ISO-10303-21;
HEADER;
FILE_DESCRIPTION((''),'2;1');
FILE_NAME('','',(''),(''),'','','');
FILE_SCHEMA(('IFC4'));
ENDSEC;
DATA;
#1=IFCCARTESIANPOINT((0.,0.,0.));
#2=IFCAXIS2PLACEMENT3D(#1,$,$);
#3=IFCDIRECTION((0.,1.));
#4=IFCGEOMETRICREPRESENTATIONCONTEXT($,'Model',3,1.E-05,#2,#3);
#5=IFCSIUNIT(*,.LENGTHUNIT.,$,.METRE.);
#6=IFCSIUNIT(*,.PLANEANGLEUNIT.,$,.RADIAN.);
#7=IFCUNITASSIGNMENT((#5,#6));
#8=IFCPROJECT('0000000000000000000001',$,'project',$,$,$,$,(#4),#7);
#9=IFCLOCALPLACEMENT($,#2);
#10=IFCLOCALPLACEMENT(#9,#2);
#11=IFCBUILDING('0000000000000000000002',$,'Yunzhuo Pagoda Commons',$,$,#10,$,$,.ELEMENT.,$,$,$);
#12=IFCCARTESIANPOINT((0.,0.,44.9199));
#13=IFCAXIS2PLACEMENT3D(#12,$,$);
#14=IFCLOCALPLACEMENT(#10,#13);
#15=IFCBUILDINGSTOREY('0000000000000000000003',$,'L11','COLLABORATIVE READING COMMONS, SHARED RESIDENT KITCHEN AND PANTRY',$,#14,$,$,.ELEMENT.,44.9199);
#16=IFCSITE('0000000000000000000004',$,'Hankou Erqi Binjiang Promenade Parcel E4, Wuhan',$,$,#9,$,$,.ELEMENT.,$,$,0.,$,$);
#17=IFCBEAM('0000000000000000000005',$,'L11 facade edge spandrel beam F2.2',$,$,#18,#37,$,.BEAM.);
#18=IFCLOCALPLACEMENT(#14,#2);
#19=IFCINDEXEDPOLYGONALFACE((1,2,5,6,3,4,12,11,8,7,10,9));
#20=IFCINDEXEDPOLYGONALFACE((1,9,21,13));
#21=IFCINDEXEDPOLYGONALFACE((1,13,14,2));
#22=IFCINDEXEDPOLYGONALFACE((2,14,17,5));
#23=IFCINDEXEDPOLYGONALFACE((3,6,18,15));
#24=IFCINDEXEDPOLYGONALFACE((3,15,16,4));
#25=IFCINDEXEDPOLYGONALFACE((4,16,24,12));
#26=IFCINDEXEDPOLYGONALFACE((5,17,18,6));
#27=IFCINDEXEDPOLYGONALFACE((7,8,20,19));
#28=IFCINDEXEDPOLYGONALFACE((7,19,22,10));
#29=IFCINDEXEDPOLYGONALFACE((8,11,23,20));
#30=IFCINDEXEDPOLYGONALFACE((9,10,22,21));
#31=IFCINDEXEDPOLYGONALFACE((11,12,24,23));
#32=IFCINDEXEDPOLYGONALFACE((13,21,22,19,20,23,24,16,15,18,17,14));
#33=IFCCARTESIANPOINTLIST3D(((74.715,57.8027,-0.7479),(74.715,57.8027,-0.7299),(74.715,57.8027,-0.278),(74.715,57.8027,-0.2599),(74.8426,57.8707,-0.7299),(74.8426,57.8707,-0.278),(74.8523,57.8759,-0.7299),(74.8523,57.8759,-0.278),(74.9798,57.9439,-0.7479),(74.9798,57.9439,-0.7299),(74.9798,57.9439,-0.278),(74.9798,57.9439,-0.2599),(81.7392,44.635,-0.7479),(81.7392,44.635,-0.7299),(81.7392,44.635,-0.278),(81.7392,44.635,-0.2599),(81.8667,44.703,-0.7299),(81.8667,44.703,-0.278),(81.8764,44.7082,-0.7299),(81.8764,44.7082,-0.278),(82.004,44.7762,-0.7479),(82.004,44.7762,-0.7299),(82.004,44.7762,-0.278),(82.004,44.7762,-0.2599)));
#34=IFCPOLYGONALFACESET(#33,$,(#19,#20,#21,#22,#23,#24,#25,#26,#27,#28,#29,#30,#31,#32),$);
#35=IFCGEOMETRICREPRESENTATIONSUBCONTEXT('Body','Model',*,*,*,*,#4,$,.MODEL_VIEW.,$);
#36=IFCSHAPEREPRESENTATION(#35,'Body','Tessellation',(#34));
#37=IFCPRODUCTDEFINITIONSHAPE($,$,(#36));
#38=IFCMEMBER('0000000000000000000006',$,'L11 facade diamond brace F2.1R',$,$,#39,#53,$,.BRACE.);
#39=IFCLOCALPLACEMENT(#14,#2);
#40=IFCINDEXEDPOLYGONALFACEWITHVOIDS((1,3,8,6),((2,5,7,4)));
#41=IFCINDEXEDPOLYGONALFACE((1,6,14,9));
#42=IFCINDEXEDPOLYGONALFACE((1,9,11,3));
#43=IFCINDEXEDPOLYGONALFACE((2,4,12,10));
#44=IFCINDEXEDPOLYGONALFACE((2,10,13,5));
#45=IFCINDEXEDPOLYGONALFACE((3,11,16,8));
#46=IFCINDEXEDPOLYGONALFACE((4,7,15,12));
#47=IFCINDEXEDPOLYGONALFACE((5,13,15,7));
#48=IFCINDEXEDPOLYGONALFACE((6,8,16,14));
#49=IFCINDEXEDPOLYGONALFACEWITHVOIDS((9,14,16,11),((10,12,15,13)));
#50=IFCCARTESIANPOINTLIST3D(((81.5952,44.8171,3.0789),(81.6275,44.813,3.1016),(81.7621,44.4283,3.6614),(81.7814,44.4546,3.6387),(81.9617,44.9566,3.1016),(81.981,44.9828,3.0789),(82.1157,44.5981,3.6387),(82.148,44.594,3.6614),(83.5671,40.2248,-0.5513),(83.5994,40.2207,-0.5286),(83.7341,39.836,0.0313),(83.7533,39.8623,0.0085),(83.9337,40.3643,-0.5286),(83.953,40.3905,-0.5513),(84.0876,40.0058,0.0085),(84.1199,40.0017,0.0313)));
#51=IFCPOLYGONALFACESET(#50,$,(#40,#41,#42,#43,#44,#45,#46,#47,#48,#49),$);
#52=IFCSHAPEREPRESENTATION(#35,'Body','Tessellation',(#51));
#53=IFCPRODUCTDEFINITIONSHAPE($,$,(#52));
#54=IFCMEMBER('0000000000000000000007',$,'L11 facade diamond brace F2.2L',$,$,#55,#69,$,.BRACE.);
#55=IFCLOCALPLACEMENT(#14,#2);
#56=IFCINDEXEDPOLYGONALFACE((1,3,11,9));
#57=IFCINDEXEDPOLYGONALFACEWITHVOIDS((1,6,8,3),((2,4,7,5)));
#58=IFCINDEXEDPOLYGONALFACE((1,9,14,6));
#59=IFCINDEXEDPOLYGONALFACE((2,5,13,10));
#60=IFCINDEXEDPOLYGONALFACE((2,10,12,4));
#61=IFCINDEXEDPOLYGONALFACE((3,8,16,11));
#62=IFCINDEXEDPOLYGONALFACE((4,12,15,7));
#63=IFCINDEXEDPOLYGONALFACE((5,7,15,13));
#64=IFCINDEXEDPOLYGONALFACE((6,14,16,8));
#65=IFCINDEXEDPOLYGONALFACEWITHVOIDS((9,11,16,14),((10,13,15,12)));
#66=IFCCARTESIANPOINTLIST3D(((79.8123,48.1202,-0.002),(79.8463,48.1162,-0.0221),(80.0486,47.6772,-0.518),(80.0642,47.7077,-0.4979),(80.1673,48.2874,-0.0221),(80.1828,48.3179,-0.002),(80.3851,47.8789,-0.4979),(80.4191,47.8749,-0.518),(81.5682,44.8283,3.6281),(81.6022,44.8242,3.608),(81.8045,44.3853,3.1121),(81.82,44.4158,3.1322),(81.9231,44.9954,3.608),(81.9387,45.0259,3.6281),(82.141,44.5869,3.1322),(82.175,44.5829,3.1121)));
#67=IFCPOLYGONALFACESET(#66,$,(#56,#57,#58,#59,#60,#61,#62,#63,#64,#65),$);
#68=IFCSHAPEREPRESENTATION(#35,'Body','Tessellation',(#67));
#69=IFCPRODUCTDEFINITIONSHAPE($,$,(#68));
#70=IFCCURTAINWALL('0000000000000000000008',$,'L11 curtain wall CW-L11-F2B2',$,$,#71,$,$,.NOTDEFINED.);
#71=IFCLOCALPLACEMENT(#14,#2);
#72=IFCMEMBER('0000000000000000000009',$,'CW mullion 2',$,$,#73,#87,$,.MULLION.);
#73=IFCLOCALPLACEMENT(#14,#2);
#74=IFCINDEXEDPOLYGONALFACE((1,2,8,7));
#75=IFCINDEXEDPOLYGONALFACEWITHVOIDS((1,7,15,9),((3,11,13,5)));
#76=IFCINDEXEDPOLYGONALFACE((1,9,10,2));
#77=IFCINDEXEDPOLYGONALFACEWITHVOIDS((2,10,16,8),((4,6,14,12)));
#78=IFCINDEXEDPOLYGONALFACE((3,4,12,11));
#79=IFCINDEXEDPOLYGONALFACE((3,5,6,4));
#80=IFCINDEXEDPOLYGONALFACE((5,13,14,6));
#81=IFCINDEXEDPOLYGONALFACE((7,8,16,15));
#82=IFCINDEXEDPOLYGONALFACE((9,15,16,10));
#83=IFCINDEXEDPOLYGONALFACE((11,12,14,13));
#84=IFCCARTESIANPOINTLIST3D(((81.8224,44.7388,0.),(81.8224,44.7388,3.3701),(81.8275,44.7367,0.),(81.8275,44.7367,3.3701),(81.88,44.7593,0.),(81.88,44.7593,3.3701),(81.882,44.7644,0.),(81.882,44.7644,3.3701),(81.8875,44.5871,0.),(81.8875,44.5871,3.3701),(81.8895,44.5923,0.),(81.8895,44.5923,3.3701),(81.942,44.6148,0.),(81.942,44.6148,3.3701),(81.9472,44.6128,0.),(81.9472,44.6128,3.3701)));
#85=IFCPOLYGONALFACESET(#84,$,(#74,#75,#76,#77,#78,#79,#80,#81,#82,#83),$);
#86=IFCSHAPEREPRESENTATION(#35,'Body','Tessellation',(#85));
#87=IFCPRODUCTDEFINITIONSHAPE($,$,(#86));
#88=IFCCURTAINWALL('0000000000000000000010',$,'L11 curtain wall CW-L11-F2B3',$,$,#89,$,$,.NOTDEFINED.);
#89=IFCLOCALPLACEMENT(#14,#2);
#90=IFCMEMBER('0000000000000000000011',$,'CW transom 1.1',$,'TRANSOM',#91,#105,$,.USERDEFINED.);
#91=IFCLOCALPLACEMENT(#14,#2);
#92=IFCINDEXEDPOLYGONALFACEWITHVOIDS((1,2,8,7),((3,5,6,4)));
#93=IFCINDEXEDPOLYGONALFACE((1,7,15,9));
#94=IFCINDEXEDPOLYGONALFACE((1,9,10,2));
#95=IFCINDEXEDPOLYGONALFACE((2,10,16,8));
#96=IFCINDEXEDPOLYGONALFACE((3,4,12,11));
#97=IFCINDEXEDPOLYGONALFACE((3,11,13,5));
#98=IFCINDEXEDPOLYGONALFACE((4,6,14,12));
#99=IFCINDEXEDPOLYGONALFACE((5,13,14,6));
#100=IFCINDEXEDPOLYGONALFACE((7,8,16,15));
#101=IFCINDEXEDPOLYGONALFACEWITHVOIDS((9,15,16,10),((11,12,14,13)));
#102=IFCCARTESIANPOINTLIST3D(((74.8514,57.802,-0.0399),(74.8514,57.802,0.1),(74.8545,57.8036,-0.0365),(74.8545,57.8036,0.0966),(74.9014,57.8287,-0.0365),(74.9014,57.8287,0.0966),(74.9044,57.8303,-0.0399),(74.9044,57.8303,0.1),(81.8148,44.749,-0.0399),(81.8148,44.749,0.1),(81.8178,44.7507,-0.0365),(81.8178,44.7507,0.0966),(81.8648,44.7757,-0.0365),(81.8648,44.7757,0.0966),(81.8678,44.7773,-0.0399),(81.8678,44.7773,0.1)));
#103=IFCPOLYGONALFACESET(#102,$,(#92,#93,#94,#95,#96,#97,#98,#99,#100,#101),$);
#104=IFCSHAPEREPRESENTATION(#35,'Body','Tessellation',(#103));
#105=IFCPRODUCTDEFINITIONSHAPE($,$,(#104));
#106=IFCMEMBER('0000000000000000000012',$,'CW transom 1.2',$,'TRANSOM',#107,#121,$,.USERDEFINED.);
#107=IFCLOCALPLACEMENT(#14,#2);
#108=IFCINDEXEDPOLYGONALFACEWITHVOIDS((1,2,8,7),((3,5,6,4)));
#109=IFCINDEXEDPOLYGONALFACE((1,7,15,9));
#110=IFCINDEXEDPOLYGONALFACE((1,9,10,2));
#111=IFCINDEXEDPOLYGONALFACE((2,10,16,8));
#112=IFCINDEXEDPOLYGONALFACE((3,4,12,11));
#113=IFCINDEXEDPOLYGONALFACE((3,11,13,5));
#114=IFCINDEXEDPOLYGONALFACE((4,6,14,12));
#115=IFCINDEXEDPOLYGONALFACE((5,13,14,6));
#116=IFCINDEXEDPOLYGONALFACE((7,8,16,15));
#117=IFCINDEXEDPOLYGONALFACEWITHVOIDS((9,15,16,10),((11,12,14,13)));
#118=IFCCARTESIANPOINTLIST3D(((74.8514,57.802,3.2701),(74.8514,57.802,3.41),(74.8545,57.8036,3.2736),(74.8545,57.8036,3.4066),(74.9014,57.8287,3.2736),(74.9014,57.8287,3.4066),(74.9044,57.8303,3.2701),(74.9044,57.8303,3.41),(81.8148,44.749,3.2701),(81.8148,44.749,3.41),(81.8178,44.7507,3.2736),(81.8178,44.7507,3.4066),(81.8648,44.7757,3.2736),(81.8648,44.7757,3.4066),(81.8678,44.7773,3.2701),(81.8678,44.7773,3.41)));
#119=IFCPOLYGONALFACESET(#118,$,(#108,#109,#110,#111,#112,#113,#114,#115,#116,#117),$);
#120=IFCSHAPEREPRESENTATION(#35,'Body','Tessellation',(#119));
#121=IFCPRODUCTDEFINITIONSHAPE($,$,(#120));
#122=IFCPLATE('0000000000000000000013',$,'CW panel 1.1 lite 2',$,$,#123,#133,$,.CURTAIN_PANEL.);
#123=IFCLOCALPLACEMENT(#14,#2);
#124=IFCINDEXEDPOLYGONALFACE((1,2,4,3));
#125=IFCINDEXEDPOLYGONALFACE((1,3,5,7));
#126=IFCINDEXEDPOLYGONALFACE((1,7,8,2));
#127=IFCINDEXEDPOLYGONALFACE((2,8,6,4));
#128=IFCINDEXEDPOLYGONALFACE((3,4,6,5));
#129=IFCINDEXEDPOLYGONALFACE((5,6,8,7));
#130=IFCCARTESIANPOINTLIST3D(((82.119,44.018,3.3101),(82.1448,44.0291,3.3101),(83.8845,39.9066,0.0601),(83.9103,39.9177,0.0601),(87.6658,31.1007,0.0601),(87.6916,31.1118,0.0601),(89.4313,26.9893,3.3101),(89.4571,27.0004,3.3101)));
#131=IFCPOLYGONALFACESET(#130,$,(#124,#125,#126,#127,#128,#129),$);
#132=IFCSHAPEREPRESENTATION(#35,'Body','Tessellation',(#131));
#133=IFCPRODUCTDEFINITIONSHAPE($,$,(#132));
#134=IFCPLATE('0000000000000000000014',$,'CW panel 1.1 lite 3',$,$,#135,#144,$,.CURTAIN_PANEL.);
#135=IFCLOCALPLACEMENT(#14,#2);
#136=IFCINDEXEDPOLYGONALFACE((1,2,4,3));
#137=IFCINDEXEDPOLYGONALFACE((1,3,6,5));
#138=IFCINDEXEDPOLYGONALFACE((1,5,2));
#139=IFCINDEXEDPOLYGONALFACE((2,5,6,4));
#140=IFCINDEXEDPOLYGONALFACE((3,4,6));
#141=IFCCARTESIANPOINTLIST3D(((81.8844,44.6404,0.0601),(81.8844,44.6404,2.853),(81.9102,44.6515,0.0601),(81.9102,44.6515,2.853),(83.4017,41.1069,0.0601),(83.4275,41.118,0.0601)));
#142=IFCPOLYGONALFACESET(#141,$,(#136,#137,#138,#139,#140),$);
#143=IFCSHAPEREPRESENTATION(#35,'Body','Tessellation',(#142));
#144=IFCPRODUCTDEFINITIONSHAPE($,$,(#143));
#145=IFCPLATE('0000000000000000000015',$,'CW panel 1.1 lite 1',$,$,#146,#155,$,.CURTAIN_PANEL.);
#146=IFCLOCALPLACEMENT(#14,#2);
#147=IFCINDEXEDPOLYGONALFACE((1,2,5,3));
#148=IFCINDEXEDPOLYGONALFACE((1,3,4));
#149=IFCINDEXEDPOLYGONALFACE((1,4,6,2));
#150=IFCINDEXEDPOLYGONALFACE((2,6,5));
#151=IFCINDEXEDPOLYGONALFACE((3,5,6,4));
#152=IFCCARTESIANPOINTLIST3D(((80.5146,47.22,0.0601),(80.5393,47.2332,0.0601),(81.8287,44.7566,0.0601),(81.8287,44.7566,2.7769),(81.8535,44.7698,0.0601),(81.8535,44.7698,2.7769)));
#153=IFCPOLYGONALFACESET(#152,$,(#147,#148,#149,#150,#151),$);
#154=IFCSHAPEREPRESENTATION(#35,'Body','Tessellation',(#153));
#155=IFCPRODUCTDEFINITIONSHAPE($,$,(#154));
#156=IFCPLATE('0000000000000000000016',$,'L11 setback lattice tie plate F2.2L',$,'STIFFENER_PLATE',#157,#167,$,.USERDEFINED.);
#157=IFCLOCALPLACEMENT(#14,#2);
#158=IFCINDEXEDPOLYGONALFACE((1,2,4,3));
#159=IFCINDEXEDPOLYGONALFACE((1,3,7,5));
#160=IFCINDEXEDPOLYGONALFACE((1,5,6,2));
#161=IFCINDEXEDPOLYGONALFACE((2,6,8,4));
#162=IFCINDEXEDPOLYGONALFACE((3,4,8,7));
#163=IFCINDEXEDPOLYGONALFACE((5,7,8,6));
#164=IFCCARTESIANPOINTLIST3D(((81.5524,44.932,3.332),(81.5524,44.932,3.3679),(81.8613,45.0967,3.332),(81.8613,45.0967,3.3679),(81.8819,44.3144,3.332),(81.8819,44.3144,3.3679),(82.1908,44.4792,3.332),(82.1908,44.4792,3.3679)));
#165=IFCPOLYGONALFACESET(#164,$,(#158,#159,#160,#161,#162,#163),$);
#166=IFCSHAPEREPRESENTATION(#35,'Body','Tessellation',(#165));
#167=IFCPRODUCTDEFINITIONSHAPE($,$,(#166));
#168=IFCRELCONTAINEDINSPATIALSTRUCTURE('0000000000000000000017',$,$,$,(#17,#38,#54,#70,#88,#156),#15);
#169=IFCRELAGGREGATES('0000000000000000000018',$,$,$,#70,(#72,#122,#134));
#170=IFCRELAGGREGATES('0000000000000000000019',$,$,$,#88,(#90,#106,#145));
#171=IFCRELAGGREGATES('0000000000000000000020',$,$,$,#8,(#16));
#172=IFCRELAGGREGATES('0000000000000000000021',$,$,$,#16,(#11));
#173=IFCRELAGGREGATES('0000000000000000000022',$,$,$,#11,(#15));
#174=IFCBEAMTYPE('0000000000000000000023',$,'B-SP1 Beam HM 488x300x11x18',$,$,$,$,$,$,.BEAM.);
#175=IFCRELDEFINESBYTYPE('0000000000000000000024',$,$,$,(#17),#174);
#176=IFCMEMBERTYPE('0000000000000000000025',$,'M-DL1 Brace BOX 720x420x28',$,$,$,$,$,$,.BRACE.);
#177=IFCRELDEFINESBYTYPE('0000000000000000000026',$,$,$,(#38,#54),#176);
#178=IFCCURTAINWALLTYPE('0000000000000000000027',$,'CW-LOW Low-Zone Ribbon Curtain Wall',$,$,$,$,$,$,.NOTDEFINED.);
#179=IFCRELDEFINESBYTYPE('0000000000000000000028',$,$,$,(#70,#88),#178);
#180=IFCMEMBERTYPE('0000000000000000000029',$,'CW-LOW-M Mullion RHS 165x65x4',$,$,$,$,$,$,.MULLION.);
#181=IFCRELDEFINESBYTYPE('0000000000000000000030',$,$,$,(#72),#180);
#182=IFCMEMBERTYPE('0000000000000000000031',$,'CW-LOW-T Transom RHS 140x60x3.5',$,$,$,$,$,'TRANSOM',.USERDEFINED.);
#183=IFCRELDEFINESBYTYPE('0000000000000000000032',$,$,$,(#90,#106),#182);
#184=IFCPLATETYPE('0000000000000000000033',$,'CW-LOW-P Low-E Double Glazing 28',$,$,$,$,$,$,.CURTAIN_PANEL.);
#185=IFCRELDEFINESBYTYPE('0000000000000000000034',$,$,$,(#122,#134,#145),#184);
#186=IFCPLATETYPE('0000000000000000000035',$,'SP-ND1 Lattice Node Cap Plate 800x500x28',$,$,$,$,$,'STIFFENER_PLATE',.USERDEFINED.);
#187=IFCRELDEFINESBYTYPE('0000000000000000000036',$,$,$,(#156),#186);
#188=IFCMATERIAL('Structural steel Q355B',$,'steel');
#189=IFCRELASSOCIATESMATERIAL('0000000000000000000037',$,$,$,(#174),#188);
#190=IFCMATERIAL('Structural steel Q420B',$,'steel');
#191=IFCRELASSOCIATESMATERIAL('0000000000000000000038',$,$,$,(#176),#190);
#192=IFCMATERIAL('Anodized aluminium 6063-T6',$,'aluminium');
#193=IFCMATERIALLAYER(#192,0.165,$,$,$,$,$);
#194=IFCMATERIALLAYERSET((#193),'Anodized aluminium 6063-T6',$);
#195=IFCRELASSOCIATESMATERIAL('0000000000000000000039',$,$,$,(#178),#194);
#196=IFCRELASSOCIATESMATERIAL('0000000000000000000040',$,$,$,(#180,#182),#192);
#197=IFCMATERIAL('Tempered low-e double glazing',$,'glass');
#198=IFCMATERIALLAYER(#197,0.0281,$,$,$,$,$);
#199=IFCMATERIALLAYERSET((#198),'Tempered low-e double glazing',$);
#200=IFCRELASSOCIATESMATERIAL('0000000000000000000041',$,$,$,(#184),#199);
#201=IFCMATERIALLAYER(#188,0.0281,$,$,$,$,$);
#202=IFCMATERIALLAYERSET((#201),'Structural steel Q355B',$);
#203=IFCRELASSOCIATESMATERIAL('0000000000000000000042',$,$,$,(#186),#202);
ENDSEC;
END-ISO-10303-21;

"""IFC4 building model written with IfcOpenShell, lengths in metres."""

from ifc_helpers import new_model, si_unit, direction, frame, origin, origin_2d, place, context, subcontext, project, spatial, polyline, rectangle, hollow_rectangle, i_section, outline, extrude, source, transform, mapped, material, layer, layer_set, material_profile, profile_set, type_object, element, aggregate, save


model = new_model("IFC4")

# Units and contexts
model_context = context("Model", 3, precision=1e-05, world=origin(), true_north=direction((0.0, 1.0)))
body_context = subcontext(model_context, "Body", "Model", "MODEL_VIEW")
ifc_project = project(units=[si_unit("LENGTHUNIT", "METRE"), si_unit("PLANEANGLEUNIT", "RADIAN")], contexts=[model_context])

# Site, building, storey
site_placement = place(None, origin())
site = spatial("IfcSite", under=ifc_project, at=site_placement, Name="Hankou Erqi Binjiang Promenade Parcel E4, Wuhan", CompositionType="ELEMENT", RefElevation=0.0)
building_placement = place(site_placement, origin())
building = spatial("IfcBuilding", under=site, at=building_placement, Name="Yunzhuo Pagoda Commons", CompositionType="ELEMENT")
storey_placement = place(building_placement, frame((0.0, 0.0, 44.9199)))
storey = spatial("IfcBuildingStorey", under=building, at=storey_placement, Name="L11", Description="COLLABORATIVE READING COMMONS, SHARED RESIDENT KITCHEN AND PANTRY", CompositionType="ELEMENT", Elevation=44.9199)

# Shared definitions
ifc_material_1 = material(Name="Structural steel Q420B", Category="steel")

# Beam
ifc_material_2 = material(Name="Structural steel Q355B", Category="steel")
ifc_material_profile_1 = material_profile(ifc_material_2, i_section(OverallWidth=0.3, OverallDepth=0.488, WebThickness=0.011, FlangeThickness=0.0181, at=origin_2d()), Name="Structural steel Q355B")
ifc_profile_set_1 = profile_set([ifc_material_profile_1], Name="Structural steel Q355B")
beam_type_1 = type_object("IfcBeamType", Name="B-SP1 Beam HM 488x300x11x18", PredefinedType="BEAM", material=ifc_profile_set_1)
shared_shape_1 = source(origin(), body_context, "Body", "SweptSolid", [
    extrude(i_section(OverallWidth=0.3, OverallDepth=0.488, WebThickness=0.011, FlangeThickness=0.0181, at=origin_2d()), origin(), (0.0, 0.0, 1.0), 14.9241),
])
beam_1_placement = place(storey_placement, frame((81.8716, 44.7056, -0.5039), z_axis=(-0.47066, 0.882314, 0.0), x_axis=(-0.882314, -0.47066, 0.0)))
element("IfcBeam", 1, at=beam_1_placement, inside=storey, type_object=beam_type_1, Name="L11 facade edge spandrel beam F2.2", PredefinedType="BEAM", context=body_context, shape_type="MappedRepresentation", body=[
    mapped(shared_shape_1, transform((0.0, 0.0, 0.0), scale=1.0)),
])

# Members
ifc_material_profile_2 = material_profile(ifc_material_1, hollow_rectangle(XDim=0.4199, YDim=0.72, WallThickness=0.0281, at=origin_2d()), Name="Structural steel Q420B")
ifc_profile_set_2 = profile_set([ifc_material_profile_2], Name="Structural steel Q420B")
member_type_1 = type_object("IfcMemberType", Name="M-DL1 Brace BOX 720x420x28", PredefinedType="BRACE", material=ifc_profile_set_2)
shared_shape_2 = source(origin(), body_context, "Body", "SweptSolid", [
    extrude(hollow_rectangle(XDim=0.4199, YDim=0.72, WallThickness=0.0281, at=origin_2d()), origin(), (0.0, 0.0, 1.0), 6.177),
])
member_1_placement = place(storey_placement, frame((83.8435, 40.1133, -0.26), z_axis=(-0.319236, 0.743449, 0.587684), x_axis=(-0.918869, -0.394562, 0.0)))
element("IfcMember", 2, at=member_1_placement, inside=storey, type_object=member_type_1, Name="L11 facade diamond brace F2.1R", PredefinedType="BRACE", context=body_context, shape_type="MappedRepresentation", body=[
    mapped(shared_shape_2, transform((0.0, 0.0, 0.0), scale=1.0)),
])
shared_shape_3 = source(origin(), body_context, "Body", "SweptSolid", [
    extrude(hollow_rectangle(XDim=0.4199, YDim=0.72, WallThickness=0.0281, at=origin_2d()), origin(), (0.0, 0.0, 1.0), 5.2056),
])
member_2_placement = place(storey_placement, frame((80.1157, 47.9976, -0.26), z_axis=(0.337303, -0.632397, 0.697353), x_axis=(0.882338, 0.470615, 0.0)))
element("IfcMember", 3, at=member_2_placement, inside=storey, type_object=member_type_1, Name="L11 facade diamond brace F2.2L", PredefinedType="BRACE", context=body_context, shape_type="MappedRepresentation", body=[
    mapped(shared_shape_3, transform((0.0, 0.0, 0.0), scale=1.0)),
])

# Curtain wall, member
ifc_material_3 = material(Name="Anodized aluminium 6063-T6", Category="aluminium")
ifc_layer_1 = layer(ifc_material_3, 0.165)
ifc_layer_set_1 = layer_set([ifc_layer_1], Name="Anodized aluminium 6063-T6")
curtain_wall_type = type_object("IfcCurtainWallType", Name="CW-LOW Low-Zone Ribbon Curtain Wall", PredefinedType="NOTDEFINED", material=ifc_layer_set_1)
curtain_wall_1_placement = place(storey_placement, origin())
curtain_wall_1 = element("IfcCurtainWall", 4, at=curtain_wall_1_placement, inside=storey, type_object=curtain_wall_type, Name="L11 curtain wall CW-L11-F2B2", PredefinedType="NOTDEFINED")
ifc_material_profile_3 = material_profile(ifc_material_3, hollow_rectangle(XDim=0.0649, YDim=0.165, WallThickness=0.0039, at=origin_2d()), Name="Anodized aluminium 6063-T6")
ifc_profile_set_3 = profile_set([ifc_material_profile_3], Name="Anodized aluminium 6063-T6")
member_type_2 = type_object("IfcMemberType", Name="CW-LOW-M Mullion RHS 165x65x4", PredefinedType="MULLION", material=ifc_profile_set_3)
shared_shape_4 = source(origin(), body_context, "Body", "SweptSolid", [
    extrude(hollow_rectangle(XDim=0.0649, YDim=0.165, WallThickness=0.0039, at=origin_2d()), origin(), (0.0, 0.0, 1.0), 3.3701),
])
member_3_placement = place(storey_placement, frame((81.8848, 44.6758, 0.0), z_axis=(0.0, 0.0, 1.0), x_axis=(-0.918866, -0.394571, 0.0)))
member_3 = element("IfcMember", 5, at=member_3_placement, type_object=member_type_2, Name="CW mullion 2", PredefinedType="MULLION", context=body_context, shape_type="MappedRepresentation", body=[
    mapped(shared_shape_4, transform((0.0, 0.0, 0.0), scale=1.0)),
])

# Curtain wall, members
curtain_wall_2_placement = place(storey_placement, origin())
curtain_wall_2 = element("IfcCurtainWall", 6, at=curtain_wall_2_placement, inside=storey, type_object=curtain_wall_type, Name="L11 curtain wall CW-L11-F2B3", PredefinedType="NOTDEFINED")
ifc_material_profile_4 = material_profile(ifc_material_3, hollow_rectangle(XDim=0.0601, YDim=0.1399, WallThickness=0.0034, at=origin_2d()), Name="Anodized aluminium 6063-T6")
ifc_profile_set_4 = profile_set([ifc_material_profile_4], Name="Anodized aluminium 6063-T6")
member_type_3 = type_object("IfcMemberType", Name="CW-LOW-T Transom RHS 140x60x3.5", ElementType="TRANSOM", PredefinedType="USERDEFINED", material=ifc_profile_set_4)
shared_shape_5 = source(origin(), body_context, "Body", "SweptSolid", [
    extrude(hollow_rectangle(XDim=0.0601, YDim=0.1399, WallThickness=0.0034, at=origin_2d()), origin(), (0.0, 0.0, 1.0), 14.7942),
])
member_4_placement = place(storey_placement, frame((81.8413, 44.7632, 0.03), z_axis=(-0.470682, 0.882303, 0.0), x_axis=(-0.882303, -0.470682, 0.0)))
member_4 = element("IfcMember", 7, at=member_4_placement, type_object=member_type_3, Name="CW transom 1.1", ObjectType="TRANSOM", PredefinedType="USERDEFINED", context=body_context, shape_type="MappedRepresentation", body=[
    mapped(shared_shape_5, transform((0.0, 0.0, 0.0), scale=1.0)),
])
member_5_placement = place(storey_placement, frame((81.8413, 44.7632, 3.3401), z_axis=(-0.470682, 0.882303, 0.0), x_axis=(-0.882303, -0.470682, 0.0)))
member_5 = element("IfcMember", 8, at=member_5_placement, type_object=member_type_3, Name="CW transom 1.2", ObjectType="TRANSOM", PredefinedType="USERDEFINED", context=body_context, shape_type="MappedRepresentation", body=[
    mapped(shared_shape_5, transform((0.0, 0.0, 0.0), scale=1.0)),
])

# Plates
ifc_material_4 = material(Name="Tempered low-e double glazing", Category="glass")
ifc_layer_2 = layer(ifc_material_4, 0.0281)
ifc_layer_set_2 = layer_set([ifc_layer_2], Name="Tempered low-e double glazing")
plate_type_1 = type_object("IfcPlateType", Name="CW-LOW-P Low-E Double Glazing 28", PredefinedType="CURTAIN_PANEL", material=ifc_layer_set_2)
plate_1_placement = place(storey_placement, frame((85.7751, 35.5037, 1.6851), z_axis=(0.918866, 0.394571, 0.0), x_axis=(-0.394571, 0.918866, 0.0)))
plate_1 = element("IfcPlate", 9, at=plate_1_placement, type_object=plate_type_1, Name="CW panel 1.1 lite 2", PredefinedType="CURTAIN_PANEL", context=body_context, shape_type="SweptSolid", body=[
    extrude(outline(polyline([(-9.2661, 1.625), (-4.7917, -1.625), (4.7917, -1.625), (9.2661, 1.625), (-9.2661, 1.625)])), origin(), (0.0, 0.0, 1.0), 0.0281),
])
plate_2_placement = place(storey_placement, frame((82.6431, 42.8735, 1.4565), z_axis=(0.918866, 0.394571, 0.0), x_axis=(-0.394571, 0.918866, 0.0)))
plate_2 = element("IfcPlate", 10, at=plate_2_placement, type_object=plate_type_1, Name="CW panel 1.1 lite 3", PredefinedType="CURTAIN_PANEL", context=body_context, shape_type="SweptSolid", body=[
    extrude(outline(polyline([(-1.9226, -1.3965), (1.9229, -1.3965), (1.9229, 1.3965), (-1.9226, -1.3965)])), origin(), (0.0, 0.0, 1.0), 0.0281),
])
aggregate(curtain_wall_1, [member_3, plate_1, plate_2])
plate_3_placement = place(storey_placement, frame((81.1716, 45.9883, 1.4185), z_axis=(0.882309, 0.47067, 0.0), x_axis=(-0.47067, 0.882309, 0.0)))
plate_3 = element("IfcPlate", 11, at=plate_3_placement, type_object=plate_type_1, Name="CW panel 1.1 lite 1", PredefinedType="CURTAIN_PANEL", context=body_context, shape_type="SweptSolid", body=[
    extrude(outline(polyline([(-1.396, -1.3584), (1.396, -1.3584), (-1.396, 1.3584), (-1.396, -1.3584)])), origin(), (0.0, 0.0, 1.0), 0.0281),
])
aggregate(curtain_wall_2, [member_4, member_5, plate_3])
ifc_layer_3 = layer(ifc_material_2, 0.0281)
ifc_layer_set_3 = layer_set([ifc_layer_3], Name="Structural steel Q355B")
plate_type_2 = type_object("IfcPlateType", Name="SP-ND1 Lattice Node Cap Plate 800x500x28", ElementType="STIFFENER_PLATE", PredefinedType="USERDEFINED", material=ifc_layer_set_3)
shared_shape_6 = source(origin(), body_context, "Body", "SweptSolid", [
    extrude(rectangle(XDim=0.7, YDim=0.3501, at=origin_2d()), origin(), (0.0, 0.0, 1.0), 0.0359),
])
plate_4_placement = place(storey_placement, frame((81.8716, 44.7056, 3.332), z_axis=(0.0, 0.0, 1.0), x_axis=(-0.470673, 0.882308, 0.0)))
element("IfcPlate", 12, at=plate_4_placement, inside=storey, type_object=plate_type_2, Name="L11 setback lattice tie plate F2.2L", ObjectType="STIFFENER_PLATE", PredefinedType="USERDEFINED", context=body_context, shape_type="MappedRepresentation", body=[
    mapped(shared_shape_6, transform((0.0, 0.0, 0.0), scale=1.0)),
])

save(model, "model.ifc")
